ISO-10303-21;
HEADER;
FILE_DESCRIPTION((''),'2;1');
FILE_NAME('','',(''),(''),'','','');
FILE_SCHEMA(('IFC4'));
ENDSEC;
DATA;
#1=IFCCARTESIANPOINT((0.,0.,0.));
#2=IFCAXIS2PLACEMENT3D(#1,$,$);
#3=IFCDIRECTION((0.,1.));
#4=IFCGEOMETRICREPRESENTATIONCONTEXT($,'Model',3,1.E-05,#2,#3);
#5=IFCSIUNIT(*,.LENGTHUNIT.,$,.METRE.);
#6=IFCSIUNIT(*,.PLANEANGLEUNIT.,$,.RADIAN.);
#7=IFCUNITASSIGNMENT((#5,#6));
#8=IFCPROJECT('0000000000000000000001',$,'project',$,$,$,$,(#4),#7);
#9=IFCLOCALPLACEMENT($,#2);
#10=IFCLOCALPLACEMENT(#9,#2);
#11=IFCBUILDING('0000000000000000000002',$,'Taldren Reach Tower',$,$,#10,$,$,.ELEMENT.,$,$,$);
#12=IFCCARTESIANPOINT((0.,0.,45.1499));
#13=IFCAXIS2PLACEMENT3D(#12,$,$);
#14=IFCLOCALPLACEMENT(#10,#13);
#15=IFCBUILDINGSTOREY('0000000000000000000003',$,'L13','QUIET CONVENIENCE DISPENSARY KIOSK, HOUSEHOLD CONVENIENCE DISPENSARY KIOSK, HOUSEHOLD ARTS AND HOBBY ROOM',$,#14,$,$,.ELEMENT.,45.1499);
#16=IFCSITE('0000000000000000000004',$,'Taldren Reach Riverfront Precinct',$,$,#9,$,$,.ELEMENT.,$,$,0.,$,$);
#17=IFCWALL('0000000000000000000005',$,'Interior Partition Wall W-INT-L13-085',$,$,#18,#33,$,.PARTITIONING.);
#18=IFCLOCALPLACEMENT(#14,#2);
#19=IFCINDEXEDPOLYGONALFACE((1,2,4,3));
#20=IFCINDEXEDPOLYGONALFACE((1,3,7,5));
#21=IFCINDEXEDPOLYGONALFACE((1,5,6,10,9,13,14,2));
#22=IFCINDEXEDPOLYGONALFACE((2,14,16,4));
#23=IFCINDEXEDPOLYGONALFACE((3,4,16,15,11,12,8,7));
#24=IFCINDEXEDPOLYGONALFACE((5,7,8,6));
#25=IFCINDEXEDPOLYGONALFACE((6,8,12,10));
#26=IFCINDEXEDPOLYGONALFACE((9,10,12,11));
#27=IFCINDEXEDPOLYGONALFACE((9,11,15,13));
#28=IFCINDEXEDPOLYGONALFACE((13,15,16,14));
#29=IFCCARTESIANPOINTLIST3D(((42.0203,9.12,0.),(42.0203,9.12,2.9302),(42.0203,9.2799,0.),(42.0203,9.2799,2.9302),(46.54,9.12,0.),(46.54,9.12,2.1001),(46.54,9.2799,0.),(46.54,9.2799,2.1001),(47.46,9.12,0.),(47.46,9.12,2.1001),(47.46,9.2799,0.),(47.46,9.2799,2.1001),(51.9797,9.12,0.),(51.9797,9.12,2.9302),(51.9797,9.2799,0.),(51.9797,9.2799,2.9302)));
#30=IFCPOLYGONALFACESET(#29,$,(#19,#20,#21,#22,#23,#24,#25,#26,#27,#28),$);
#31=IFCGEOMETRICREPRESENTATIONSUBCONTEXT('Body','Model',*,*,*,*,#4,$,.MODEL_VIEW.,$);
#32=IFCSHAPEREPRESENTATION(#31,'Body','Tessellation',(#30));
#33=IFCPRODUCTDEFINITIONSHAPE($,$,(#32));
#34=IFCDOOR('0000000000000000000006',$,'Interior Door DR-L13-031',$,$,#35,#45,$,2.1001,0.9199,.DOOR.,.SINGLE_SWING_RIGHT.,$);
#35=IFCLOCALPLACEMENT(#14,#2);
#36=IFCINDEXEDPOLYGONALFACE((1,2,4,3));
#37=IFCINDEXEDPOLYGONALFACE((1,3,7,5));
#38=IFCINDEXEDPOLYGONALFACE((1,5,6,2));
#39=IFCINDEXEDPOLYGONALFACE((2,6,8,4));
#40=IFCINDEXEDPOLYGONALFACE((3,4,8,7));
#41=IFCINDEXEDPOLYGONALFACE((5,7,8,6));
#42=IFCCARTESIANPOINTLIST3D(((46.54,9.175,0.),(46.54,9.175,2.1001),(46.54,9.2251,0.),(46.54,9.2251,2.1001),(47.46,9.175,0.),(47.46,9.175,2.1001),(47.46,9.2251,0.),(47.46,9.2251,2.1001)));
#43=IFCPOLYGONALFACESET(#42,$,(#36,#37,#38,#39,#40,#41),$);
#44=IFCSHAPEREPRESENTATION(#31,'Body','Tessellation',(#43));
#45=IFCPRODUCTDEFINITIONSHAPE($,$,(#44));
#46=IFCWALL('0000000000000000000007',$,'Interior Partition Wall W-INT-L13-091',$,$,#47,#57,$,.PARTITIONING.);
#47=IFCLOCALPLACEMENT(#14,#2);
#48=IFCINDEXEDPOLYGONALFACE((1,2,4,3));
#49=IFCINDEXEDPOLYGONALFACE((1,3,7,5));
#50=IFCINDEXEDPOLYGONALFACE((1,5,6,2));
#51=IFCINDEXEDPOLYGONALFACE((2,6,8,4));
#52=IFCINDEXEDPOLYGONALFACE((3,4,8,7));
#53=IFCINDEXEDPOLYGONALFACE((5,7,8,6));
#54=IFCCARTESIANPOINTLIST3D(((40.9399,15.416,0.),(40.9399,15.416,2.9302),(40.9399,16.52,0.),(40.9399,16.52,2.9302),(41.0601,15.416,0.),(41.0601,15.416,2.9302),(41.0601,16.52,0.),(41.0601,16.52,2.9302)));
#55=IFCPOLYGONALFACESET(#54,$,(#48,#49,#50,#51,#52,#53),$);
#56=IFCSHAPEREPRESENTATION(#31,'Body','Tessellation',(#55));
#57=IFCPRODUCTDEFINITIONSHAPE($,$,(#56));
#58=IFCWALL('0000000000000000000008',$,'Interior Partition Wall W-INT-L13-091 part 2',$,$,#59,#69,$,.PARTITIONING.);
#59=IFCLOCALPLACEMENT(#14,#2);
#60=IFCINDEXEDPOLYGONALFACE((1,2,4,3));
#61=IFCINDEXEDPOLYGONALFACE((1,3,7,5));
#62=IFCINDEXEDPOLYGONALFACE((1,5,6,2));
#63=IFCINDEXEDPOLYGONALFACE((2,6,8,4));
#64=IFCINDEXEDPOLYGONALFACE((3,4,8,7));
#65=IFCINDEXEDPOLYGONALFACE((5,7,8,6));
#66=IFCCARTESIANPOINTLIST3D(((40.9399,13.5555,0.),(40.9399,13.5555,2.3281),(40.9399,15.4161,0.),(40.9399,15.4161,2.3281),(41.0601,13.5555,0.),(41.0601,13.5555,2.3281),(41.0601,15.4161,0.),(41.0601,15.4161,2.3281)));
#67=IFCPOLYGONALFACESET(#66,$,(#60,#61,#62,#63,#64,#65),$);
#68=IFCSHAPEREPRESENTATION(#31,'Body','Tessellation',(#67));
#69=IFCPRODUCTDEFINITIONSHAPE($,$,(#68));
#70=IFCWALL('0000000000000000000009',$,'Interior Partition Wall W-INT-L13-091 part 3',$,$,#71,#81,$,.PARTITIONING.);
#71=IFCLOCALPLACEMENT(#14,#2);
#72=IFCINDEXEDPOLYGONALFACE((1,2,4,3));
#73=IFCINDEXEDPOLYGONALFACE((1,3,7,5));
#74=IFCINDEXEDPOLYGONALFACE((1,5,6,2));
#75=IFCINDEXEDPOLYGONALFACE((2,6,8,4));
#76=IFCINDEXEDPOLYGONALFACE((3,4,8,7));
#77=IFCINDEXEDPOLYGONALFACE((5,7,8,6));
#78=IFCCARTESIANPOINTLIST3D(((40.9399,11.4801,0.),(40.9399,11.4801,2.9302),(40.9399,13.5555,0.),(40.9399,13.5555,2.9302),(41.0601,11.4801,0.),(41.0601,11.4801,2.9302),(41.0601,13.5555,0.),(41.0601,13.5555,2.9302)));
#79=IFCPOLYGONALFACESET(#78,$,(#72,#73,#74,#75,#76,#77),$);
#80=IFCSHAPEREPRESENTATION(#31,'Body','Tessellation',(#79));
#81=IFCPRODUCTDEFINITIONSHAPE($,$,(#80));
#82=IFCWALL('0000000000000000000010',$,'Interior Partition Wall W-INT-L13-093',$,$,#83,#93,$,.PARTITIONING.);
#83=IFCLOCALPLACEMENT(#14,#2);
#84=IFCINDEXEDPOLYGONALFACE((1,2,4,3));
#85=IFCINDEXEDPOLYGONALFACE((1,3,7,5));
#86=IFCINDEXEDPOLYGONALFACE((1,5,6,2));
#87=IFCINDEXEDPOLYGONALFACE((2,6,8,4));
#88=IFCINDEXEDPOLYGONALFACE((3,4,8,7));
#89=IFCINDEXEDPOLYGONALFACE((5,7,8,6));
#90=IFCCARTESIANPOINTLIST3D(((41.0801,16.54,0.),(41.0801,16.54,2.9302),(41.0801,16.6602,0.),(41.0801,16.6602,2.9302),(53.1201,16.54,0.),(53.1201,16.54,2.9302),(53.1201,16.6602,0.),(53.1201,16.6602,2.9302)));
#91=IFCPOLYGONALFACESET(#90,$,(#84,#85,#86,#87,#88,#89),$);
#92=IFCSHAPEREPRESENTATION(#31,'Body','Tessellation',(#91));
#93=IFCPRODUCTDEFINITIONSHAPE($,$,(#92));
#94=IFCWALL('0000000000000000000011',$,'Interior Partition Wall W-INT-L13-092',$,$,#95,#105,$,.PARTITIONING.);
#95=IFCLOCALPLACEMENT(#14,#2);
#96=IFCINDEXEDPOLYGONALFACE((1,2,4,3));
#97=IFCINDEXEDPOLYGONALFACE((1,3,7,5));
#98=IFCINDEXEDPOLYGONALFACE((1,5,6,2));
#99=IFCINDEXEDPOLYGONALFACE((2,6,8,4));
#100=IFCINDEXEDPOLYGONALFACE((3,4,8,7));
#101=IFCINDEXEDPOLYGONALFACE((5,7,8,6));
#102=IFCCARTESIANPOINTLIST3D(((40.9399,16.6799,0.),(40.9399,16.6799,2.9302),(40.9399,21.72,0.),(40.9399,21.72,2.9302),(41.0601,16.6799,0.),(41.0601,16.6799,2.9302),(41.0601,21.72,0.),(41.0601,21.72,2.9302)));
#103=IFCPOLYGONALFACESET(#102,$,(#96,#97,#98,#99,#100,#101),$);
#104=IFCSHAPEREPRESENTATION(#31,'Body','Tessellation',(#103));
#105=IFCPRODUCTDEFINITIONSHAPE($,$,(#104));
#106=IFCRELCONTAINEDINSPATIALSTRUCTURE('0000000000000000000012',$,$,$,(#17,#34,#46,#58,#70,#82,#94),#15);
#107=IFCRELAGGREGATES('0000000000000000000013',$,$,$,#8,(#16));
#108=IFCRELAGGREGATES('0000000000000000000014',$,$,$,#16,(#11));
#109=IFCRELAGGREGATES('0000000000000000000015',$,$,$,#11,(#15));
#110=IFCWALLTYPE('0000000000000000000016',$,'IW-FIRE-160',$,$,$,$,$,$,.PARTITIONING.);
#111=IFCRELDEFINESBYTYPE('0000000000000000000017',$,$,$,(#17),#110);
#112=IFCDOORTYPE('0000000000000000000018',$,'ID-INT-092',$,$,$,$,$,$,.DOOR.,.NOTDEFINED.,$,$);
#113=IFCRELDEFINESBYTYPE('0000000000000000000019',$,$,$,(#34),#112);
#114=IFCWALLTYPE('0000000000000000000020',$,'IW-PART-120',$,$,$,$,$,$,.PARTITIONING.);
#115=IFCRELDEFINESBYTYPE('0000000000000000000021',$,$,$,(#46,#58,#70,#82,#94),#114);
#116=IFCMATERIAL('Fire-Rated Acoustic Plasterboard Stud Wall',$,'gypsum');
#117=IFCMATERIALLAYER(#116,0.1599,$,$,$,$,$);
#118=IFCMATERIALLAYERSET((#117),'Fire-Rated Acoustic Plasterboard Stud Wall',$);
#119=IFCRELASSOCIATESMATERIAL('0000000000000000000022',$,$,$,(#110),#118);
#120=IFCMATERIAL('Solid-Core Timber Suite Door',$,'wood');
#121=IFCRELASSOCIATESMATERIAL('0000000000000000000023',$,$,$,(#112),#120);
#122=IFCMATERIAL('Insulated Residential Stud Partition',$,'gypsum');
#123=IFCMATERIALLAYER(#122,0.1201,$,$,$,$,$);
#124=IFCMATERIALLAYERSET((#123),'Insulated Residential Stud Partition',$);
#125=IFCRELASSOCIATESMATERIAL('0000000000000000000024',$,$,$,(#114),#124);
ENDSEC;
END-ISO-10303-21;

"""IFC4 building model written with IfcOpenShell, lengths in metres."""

from ifc_helpers import new_model, si_unit, direction, frame, frame_2d, origin, place, context, subcontext, project, spatial, rectangle, extrude, source, transform, mapped, material, layer, layer_set, type_object, element, fill, save


model = new_model("IFC4")

# Units and contexts
model_context = context("Model", 3, precision=1e-05, world=origin(), true_north=direction((0.0, 1.0)))
body_context = subcontext(model_context, "Body", "Model", "MODEL_VIEW")
ifc_project = project(units=[si_unit("LENGTHUNIT", "METRE"), si_unit("PLANEANGLEUNIT", "RADIAN")], contexts=[model_context])

# Site, building, storey
site_placement = place(None, origin())
site = spatial("IfcSite", under=ifc_project, at=site_placement, Name="Taldren Reach Riverfront Precinct", CompositionType="ELEMENT", RefElevation=0.0)
building_placement = place(site_placement, origin())
building = spatial("IfcBuilding", under=site, at=building_placement, Name="Taldren Reach Tower", CompositionType="ELEMENT")
storey_placement = place(building_placement, frame((0.0, 0.0, 45.1499)))
storey = spatial("IfcBuildingStorey", under=building, at=storey_placement, Name="L13", Description="QUIET CONVENIENCE DISPENSARY KIOSK, HOUSEHOLD CONVENIENCE DISPENSARY KIOSK, HOUSEHOLD ARTS AND HOBBY ROOM", CompositionType="ELEMENT", Elevation=45.1499)

# Shared definitions
ifc_material_1 = material(Name="Fire-Rated Acoustic Plasterboard Stud Wall", Category="gypsum")
ifc_layer_1 = layer(ifc_material_1, 0.1599)
ifc_layer_set_1 = layer_set([ifc_layer_1], Name="Fire-Rated Acoustic Plasterboard Stud Wall")
wall_type_1 = type_object("IfcWallType", Name="IW-FIRE-160", PredefinedType="PARTITIONING", material=ifc_layer_set_1)

# Wall, opening, door
shared_shape_1 = source(origin(), body_context, "Body", "SweptSolid", [
    extrude(rectangle(XDim=9.9595, YDim=0.1599, at=frame_2d((4.9797, 0.0))), origin(), (0.0, 0.0, 1.0), 2.9302),
])
wall_1_placement = place(storey_placement, frame((51.9797, 9.2, 0.0), z_axis=(0.0, 0.0, 1.0), x_axis=(-1.0, 0.0, 0.0)))
wall_1 = element("IfcWall", 1, at=wall_1_placement, inside=storey, type_object=wall_type_1, Name="Interior Partition Wall W-INT-L13-085", PredefinedType="PARTITIONING", context=body_context, shape_type="MappedRepresentation", body=[
    mapped(shared_shape_1, transform((0.0, 0.0, 0.0), scale=1.0)),
])
shared_shape_2 = source(origin(), body_context, "Body", "SweptSolid", [
    extrude(rectangle(XDim=0.9199, YDim=2.1001, at=frame_2d((0.46, 1.05))), frame((0.0, 0.0898, 0.0), z_axis=(0.0, -1.0, 0.0), x_axis=(1.0, 0.0, 0.0)), (0.0, 0.0, 1.0), 0.1799),
])
opening_1_placement = place(wall_1_placement, frame((4.5198, 0.0, 0.0)))
opening_1 = element("IfcOpeningElement", 2, at=opening_1_placement, cuts=wall_1, PredefinedType="OPENING", context=body_context, shape_type="MappedRepresentation", body=[
    mapped(shared_shape_2, transform((0.0, 0.0, 0.0), scale=1.0)),
])
ifc_material_2 = material(Name="Solid-Core Timber Suite Door", Category="wood")
door_type_1 = type_object("IfcDoorType", Name="ID-INT-092", OperationType="NOTDEFINED", PredefinedType="DOOR", material=ifc_material_2)
shared_shape_3 = source(origin(), body_context, "Body", "SweptSolid", [
    extrude(rectangle(XDim=0.9199, YDim=2.1001, at=frame_2d((0.46, 1.05))), frame((0.0, 0.0249, 0.0), z_axis=(0.0, -1.0, 0.0), x_axis=(1.0, 0.0, 0.0)), (0.0, 0.0, 1.0), 0.05),
])
door_1_placement = place(opening_1_placement, origin())
door_1 = element("IfcDoor", 3, at=door_1_placement, inside=storey, type_object=door_type_1, Name="Interior Door DR-L13-031", OperationType="SINGLE_SWING_RIGHT", OverallHeight=2.1001, OverallWidth=0.9199, PredefinedType="DOOR", context=body_context, shape_type="MappedRepresentation", body=[
    mapped(shared_shape_3, transform((0.0, 0.0, 0.0), scale=1.0)),
])
fill(opening_1, door_1)

# Walls
ifc_material_3 = material(Name="Insulated Residential Stud Partition", Category="gypsum")
ifc_layer_2 = layer(ifc_material_3, 0.1201)
ifc_layer_set_2 = layer_set([ifc_layer_2], Name="Insulated Residential Stud Partition")
wall_type_2 = type_object("IfcWallType", Name="IW-PART-120", PredefinedType="PARTITIONING", material=ifc_layer_set_2)
shared_shape_4 = source(origin(), body_context, "Body", "SweptSolid", [
    extrude(rectangle(XDim=1.104, YDim=0.1201, at=frame_2d((0.552, 0.0))), origin(), (0.0, 0.0, 1.0), 2.9302),
])
wall_2_placement = place(storey_placement, frame((41.0, 16.52, 0.0), z_axis=(0.0, 0.0, 1.0), x_axis=(0.0, -1.0, 0.0)))
element("IfcWall", 4, at=wall_2_placement, inside=storey, type_object=wall_type_2, Name="Interior Partition Wall W-INT-L13-091", PredefinedType="PARTITIONING", context=body_context, shape_type="MappedRepresentation", body=[
    mapped(shared_shape_4, transform((0.0, 0.0, 0.0), scale=1.0)),
])
shared_shape_5 = source(origin(), body_context, "Body", "SweptSolid", [
    extrude(rectangle(XDim=1.8606, YDim=0.1201, at=frame_2d((0.9302, 0.0))), origin(), (0.0, 0.0, 1.0), 2.3281),
])
wall_3_placement = place(storey_placement, frame((41.0, 15.416, 0.0), z_axis=(0.0, 0.0, 1.0), x_axis=(0.0, -1.0, 0.0)))
element("IfcWall", 5, at=wall_3_placement, inside=storey, type_object=wall_type_2, Name="Interior Partition Wall W-INT-L13-091 part 2", PredefinedType="PARTITIONING", context=body_context, shape_type="MappedRepresentation", body=[
    mapped(shared_shape_5, transform((0.0, 0.0, 0.0), scale=1.0)),
])
shared_shape_6 = source(origin(), body_context, "Body", "SweptSolid", [
    extrude(rectangle(XDim=2.0754, YDim=0.1201, at=frame_2d((1.0376, 0.0))), origin(), (0.0, 0.0, 1.0), 2.9302),
])
wall_4_placement = place(storey_placement, frame((41.0, 13.5554, 0.0), z_axis=(0.0, 0.0, 1.0), x_axis=(0.0, -1.0, 0.0)))
element("IfcWall", 6, at=wall_4_placement, inside=storey, type_object=wall_type_2, Name="Interior Partition Wall W-INT-L13-091 part 3", PredefinedType="PARTITIONING", context=body_context, shape_type="MappedRepresentation", body=[
    mapped(shared_shape_6, transform((0.0, 0.0, 0.0), scale=1.0)),
])
shared_shape_7 = source(origin(), body_context, "Body", "SweptSolid", [
    extrude(rectangle(XDim=12.04, YDim=0.1201, at=frame_2d((6.02, 0.0))), origin(), (0.0, 0.0, 1.0), 2.9302),
])
wall_5_placement = place(storey_placement, frame((41.0801, 16.6001, 0.0), z_axis=(0.0, 0.0, 1.0), x_axis=(1.0, 0.0, 0.0)))
element("IfcWall", 7, at=wall_5_placement, inside=storey, type_object=wall_type_2, Name="Interior Partition Wall W-INT-L13-093", PredefinedType="PARTITIONING", context=body_context, shape_type="MappedRepresentation", body=[
    mapped(shared_shape_7, transform((0.0, 0.0, 0.0), scale=1.0)),
])
shared_shape_8 = source(origin(), body_context, "Body", "SweptSolid", [
    extrude(rectangle(XDim=5.04, YDim=0.1201, at=frame_2d((2.52, 0.0))), origin(), (0.0, 0.0, 1.0), 2.9302),
])
wall_6_placement = place(storey_placement, frame((41.0, 21.72, 0.0), z_axis=(0.0, 0.0, 1.0), x_axis=(0.0, -1.0, 0.0)))
element("IfcWall", 8, at=wall_6_placement, inside=storey, type_object=wall_type_2, Name="Interior Partition Wall W-INT-L13-092", PredefinedType="PARTITIONING", context=body_context, shape_type="MappedRepresentation", body=[
    mapped(shared_shape_8, transform((0.0, 0.0, 0.0), scale=1.0)),
])

save(model, "model.ifc")
